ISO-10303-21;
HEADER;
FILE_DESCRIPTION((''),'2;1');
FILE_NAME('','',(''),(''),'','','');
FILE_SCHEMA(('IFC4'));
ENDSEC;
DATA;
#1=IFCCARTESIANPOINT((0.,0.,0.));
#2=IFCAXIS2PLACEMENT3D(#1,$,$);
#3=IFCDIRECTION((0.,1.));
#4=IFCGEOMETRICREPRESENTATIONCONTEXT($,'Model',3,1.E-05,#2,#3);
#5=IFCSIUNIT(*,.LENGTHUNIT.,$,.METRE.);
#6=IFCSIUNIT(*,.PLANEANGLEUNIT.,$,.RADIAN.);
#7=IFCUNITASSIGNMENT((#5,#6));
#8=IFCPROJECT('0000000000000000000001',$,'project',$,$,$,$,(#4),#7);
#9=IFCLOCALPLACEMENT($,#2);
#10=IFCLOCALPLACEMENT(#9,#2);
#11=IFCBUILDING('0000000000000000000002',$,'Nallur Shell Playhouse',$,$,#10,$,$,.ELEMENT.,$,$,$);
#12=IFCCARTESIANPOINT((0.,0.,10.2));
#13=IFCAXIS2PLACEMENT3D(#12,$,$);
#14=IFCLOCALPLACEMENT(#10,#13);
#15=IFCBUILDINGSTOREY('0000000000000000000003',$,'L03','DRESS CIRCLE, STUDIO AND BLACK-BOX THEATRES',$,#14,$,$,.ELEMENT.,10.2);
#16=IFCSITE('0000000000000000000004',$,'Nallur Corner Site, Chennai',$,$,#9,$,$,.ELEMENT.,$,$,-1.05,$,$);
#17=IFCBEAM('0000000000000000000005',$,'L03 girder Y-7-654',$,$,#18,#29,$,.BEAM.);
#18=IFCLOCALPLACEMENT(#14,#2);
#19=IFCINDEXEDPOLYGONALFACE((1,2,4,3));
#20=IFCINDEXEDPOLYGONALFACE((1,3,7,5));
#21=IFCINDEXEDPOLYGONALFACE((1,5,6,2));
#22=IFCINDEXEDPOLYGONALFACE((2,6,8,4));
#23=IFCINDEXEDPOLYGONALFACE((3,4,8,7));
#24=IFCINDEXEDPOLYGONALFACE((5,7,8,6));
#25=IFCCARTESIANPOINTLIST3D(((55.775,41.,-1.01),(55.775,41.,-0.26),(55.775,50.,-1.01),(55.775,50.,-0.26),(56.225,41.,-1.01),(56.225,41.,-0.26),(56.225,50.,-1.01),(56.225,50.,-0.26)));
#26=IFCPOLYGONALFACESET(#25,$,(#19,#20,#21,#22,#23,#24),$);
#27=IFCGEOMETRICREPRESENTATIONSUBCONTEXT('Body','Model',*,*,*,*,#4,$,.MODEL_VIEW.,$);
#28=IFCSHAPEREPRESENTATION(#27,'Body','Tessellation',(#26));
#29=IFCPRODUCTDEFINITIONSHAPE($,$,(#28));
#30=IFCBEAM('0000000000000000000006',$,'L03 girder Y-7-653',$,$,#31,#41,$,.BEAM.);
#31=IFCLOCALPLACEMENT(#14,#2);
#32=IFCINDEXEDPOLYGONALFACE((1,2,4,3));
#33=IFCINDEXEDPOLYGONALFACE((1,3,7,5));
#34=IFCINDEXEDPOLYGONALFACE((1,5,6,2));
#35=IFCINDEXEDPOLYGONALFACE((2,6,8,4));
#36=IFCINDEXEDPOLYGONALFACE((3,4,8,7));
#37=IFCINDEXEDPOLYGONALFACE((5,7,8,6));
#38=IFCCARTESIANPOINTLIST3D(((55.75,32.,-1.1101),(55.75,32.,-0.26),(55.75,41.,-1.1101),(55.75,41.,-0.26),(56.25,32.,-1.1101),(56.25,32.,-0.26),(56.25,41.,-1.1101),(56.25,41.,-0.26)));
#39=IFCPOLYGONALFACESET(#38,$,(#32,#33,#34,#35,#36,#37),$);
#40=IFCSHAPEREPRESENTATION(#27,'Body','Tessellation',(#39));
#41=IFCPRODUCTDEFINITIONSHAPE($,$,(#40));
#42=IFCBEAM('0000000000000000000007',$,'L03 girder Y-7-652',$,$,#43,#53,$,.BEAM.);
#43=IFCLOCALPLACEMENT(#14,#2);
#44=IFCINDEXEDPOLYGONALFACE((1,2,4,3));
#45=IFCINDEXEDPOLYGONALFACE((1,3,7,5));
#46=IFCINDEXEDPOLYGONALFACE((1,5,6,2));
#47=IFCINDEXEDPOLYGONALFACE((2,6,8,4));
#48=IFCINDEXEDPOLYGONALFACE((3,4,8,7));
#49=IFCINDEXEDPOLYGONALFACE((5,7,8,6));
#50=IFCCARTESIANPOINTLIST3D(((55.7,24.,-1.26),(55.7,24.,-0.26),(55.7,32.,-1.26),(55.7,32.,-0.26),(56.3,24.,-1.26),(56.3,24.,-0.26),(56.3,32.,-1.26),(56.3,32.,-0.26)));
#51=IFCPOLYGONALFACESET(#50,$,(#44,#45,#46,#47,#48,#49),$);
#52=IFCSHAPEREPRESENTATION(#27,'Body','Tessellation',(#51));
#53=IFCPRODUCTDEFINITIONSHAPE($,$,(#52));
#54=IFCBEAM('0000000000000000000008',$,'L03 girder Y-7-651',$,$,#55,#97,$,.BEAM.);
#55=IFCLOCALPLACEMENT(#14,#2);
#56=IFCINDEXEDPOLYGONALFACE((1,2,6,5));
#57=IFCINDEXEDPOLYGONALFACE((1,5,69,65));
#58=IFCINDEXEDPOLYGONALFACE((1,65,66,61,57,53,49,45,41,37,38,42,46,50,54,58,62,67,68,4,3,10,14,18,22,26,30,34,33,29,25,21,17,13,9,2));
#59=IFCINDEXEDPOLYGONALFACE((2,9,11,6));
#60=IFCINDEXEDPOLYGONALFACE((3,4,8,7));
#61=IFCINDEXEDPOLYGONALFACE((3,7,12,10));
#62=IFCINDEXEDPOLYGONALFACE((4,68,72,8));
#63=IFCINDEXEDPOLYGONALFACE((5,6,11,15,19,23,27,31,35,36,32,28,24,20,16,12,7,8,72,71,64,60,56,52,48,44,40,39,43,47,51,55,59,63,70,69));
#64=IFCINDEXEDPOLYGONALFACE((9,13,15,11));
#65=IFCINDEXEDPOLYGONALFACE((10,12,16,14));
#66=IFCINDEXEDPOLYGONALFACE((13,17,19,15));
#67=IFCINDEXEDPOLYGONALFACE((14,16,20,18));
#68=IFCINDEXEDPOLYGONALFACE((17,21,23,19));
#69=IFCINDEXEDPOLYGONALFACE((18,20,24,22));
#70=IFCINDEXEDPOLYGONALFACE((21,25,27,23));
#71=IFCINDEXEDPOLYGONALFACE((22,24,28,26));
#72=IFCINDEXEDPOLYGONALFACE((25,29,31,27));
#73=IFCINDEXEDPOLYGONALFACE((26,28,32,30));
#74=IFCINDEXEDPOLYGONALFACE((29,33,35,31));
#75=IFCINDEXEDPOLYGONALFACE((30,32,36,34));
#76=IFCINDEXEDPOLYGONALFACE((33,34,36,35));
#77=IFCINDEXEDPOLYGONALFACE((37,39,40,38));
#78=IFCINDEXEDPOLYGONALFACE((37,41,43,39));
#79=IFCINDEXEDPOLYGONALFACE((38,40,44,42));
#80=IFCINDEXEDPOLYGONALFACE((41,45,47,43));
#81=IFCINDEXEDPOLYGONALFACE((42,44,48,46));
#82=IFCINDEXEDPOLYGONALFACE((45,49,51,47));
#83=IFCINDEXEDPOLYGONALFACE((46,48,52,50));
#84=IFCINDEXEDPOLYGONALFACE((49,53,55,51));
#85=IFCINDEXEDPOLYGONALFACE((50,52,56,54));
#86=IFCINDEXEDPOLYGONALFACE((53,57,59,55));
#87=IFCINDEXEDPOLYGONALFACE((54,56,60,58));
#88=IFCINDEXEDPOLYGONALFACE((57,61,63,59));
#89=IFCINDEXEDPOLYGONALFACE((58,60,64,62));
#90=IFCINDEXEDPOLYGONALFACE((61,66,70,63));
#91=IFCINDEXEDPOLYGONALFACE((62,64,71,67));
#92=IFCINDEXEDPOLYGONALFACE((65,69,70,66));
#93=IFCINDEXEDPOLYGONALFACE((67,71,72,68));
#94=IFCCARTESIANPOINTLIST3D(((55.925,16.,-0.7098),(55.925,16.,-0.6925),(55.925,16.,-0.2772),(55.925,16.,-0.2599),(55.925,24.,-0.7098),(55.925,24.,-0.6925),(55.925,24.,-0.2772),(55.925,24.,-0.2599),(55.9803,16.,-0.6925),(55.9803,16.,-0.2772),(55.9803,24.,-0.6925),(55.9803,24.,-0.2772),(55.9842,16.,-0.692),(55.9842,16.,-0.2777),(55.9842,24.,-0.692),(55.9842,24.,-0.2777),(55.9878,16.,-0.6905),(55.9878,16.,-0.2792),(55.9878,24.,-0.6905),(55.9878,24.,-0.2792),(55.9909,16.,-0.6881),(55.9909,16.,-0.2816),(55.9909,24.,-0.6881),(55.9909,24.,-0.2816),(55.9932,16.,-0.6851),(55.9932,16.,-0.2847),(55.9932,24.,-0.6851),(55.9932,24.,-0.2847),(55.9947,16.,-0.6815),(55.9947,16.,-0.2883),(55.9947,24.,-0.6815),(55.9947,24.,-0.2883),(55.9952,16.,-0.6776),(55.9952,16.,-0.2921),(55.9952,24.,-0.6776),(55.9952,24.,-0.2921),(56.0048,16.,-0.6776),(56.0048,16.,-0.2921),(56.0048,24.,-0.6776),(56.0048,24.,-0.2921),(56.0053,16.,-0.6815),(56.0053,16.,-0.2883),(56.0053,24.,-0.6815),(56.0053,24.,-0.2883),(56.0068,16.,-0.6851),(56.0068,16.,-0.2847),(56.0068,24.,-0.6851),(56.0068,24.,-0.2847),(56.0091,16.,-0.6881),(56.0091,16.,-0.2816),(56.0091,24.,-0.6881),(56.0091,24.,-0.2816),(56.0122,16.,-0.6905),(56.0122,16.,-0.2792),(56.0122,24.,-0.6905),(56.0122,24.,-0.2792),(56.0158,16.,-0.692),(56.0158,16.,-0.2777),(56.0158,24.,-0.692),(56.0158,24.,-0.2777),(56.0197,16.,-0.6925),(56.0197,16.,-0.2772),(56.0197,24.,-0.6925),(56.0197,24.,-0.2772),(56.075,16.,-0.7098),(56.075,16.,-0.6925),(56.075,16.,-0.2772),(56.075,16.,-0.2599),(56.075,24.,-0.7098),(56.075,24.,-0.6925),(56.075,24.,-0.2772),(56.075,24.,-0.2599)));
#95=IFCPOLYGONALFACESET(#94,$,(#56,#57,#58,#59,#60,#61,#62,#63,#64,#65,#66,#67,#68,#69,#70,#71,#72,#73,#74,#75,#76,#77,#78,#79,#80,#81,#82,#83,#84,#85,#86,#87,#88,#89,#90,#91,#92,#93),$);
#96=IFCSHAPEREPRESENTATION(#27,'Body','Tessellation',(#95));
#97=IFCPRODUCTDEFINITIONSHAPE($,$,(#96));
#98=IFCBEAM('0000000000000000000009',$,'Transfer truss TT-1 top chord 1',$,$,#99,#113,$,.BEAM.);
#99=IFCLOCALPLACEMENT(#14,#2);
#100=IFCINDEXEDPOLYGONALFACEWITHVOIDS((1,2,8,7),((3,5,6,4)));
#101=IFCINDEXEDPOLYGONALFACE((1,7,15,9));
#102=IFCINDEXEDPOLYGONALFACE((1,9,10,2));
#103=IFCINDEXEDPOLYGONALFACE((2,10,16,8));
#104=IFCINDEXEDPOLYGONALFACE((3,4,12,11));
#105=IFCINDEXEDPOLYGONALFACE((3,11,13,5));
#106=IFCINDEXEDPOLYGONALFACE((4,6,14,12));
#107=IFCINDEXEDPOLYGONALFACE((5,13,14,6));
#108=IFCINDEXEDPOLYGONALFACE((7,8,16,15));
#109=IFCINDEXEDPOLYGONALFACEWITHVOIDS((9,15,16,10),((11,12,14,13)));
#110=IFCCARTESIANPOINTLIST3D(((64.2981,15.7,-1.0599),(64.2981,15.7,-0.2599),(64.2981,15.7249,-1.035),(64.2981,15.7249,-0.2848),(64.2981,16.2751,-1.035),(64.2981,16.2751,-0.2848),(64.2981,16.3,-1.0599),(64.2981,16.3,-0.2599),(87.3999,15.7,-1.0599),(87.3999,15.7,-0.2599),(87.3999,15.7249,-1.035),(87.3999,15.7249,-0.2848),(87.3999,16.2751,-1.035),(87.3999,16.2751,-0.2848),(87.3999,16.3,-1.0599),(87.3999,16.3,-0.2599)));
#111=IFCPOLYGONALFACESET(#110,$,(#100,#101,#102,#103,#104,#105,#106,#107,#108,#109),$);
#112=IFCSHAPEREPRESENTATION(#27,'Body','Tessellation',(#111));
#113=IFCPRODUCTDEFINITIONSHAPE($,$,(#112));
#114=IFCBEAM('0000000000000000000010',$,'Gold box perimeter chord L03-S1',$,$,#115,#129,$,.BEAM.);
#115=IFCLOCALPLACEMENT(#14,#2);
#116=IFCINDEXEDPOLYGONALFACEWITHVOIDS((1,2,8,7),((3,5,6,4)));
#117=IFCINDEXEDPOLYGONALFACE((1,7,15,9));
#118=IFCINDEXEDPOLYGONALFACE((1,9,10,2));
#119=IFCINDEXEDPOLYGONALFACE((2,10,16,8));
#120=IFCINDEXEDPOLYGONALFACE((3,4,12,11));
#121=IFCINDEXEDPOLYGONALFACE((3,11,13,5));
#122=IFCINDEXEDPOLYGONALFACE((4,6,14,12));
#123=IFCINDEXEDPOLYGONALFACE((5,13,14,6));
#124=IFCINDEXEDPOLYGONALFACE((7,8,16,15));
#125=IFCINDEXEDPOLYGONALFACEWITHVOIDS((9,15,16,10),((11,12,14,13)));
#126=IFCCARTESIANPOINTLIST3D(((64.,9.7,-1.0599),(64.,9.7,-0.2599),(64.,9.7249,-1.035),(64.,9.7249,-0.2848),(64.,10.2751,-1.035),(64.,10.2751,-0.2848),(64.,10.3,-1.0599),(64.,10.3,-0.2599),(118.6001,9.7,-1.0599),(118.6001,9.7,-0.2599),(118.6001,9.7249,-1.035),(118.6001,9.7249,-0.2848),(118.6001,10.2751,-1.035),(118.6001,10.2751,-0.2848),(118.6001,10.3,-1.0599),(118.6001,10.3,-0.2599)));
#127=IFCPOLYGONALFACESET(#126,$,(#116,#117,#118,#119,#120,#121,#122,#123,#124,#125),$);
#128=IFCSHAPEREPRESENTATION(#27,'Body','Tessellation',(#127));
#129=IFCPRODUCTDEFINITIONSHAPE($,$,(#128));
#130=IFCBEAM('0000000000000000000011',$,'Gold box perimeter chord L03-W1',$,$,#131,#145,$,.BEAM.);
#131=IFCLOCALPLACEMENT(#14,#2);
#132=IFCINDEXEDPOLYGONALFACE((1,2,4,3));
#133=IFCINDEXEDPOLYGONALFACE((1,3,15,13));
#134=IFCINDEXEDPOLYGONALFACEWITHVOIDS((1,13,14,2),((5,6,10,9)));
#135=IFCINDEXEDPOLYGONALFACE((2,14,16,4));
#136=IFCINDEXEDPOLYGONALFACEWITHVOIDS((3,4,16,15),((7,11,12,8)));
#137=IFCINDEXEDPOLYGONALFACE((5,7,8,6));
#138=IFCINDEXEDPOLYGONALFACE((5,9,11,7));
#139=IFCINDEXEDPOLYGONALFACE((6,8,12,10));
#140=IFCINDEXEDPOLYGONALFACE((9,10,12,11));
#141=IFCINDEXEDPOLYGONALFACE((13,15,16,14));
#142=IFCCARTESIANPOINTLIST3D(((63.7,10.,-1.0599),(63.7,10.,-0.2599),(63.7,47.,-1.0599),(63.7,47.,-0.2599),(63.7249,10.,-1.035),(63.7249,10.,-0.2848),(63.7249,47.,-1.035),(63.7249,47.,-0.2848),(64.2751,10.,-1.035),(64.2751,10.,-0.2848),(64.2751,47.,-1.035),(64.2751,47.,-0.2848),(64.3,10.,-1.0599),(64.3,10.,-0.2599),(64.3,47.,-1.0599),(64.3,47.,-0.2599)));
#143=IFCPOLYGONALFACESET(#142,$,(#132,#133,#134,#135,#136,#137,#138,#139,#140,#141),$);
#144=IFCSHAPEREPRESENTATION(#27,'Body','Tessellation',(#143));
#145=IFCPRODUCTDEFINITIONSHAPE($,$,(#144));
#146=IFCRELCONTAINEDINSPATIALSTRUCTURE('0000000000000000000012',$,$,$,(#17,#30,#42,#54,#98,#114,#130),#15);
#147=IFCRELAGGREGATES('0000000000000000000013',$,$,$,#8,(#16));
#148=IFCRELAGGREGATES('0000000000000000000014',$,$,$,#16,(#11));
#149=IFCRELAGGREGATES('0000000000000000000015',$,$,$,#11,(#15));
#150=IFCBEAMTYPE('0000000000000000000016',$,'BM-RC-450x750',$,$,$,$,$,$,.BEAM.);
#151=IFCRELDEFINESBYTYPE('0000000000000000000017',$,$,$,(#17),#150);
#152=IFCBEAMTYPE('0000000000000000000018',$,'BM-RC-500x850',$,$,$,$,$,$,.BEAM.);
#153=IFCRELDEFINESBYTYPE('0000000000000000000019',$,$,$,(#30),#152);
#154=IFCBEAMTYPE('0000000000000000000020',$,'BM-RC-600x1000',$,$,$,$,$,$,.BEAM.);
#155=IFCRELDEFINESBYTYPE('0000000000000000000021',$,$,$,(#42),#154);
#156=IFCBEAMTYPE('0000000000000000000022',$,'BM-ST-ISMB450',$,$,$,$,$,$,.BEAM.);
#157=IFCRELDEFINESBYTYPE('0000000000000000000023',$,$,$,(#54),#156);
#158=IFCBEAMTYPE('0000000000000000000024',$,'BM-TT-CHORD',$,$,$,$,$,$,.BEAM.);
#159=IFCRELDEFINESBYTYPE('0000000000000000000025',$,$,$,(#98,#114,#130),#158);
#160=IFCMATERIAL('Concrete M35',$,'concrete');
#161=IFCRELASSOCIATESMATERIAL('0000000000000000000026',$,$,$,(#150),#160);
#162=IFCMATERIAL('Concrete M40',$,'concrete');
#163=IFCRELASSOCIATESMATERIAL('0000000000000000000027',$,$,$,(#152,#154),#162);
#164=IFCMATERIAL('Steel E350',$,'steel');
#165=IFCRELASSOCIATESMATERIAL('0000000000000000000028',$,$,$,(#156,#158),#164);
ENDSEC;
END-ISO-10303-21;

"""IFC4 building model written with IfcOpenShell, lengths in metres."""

from ifc_helpers import new_model, si_unit, direction, frame, origin, origin_2d, place, context, subcontext, project, spatial, rectangle, hollow_rectangle, i_section, extrude, material, material_profile, profile_set, type_object, element, save


model = new_model("IFC4")

# Units and contexts
model_context = context("Model", 3, precision=1e-05, world=origin(), true_north=direction((0.0, 1.0)))
body_context = subcontext(model_context, "Body", "Model", "MODEL_VIEW")
ifc_project = project(units=[si_unit("LENGTHUNIT", "METRE"), si_unit("PLANEANGLEUNIT", "RADIAN")], contexts=[model_context])

# Site, building, storey
site_placement = place(None, origin())
site = spatial("IfcSite", under=ifc_project, at=site_placement, Name="Nallur Corner Site, Chennai", CompositionType="ELEMENT", RefElevation=-1.05)
building_placement = place(site_placement, origin())
building = spatial("IfcBuilding", under=site, at=building_placement, Name="Nallur Shell Playhouse", CompositionType="ELEMENT")
storey_placement = place(building_placement, frame((0.0, 0.0, 10.2)))
storey = spatial("IfcBuildingStorey", under=building, at=storey_placement, Name="L03", Description="DRESS CIRCLE, STUDIO AND BLACK-BOX THEATRES", CompositionType="ELEMENT", Elevation=10.2)

# Beams
ifc_material_1 = material(Name="Concrete M35", Category="concrete")
ifc_material_profile_1 = material_profile(ifc_material_1, rectangle(XDim=0.45, YDim=0.75, at=origin_2d()), Name="RC 450x750")
ifc_profile_set_1 = profile_set([ifc_material_profile_1], Name="Concrete M35")
beam_type_1 = type_object("IfcBeamType", Name="BM-RC-450x750", PredefinedType="BEAM", material=ifc_profile_set_1)
beam_1_placement = place(storey_placement, frame((56.0, 41.0, -0.635), z_axis=(0.0, 1.0, 0.0), x_axis=(-1.0, 0.0, 0.0)))
element("IfcBeam", 1, at=beam_1_placement, inside=storey, type_object=beam_type_1, Name="L03 girder Y-7-654", PredefinedType="BEAM", context=body_context, shape_type="SweptSolid", body=[
    extrude(rectangle(XDim=0.45, YDim=0.75, at=origin_2d()), origin(), (0.0, 0.0, 1.0), 9.0),
])
ifc_material_2 = material(Name="Concrete M40", Category="concrete")
ifc_material_profile_2 = material_profile(ifc_material_2, rectangle(XDim=0.5, YDim=0.8501, at=origin_2d()), Name="RC 500x850")
ifc_profile_set_2 = profile_set([ifc_material_profile_2], Name="Concrete M40")
beam_type_2 = type_object("IfcBeamType", Name="BM-RC-500x850", PredefinedType="BEAM", material=ifc_profile_set_2)
beam_2_placement = place(storey_placement, frame((56.0, 32.0, -0.6851), z_axis=(0.0, 1.0, 0.0), x_axis=(-1.0, 0.0, 0.0)))
element("IfcBeam", 2, at=beam_2_placement, inside=storey, type_object=beam_type_2, Name="L03 girder Y-7-653", PredefinedType="BEAM", context=body_context, shape_type="SweptSolid", body=[
    extrude(rectangle(XDim=0.5, YDim=0.8501, at=origin_2d()), origin(), (0.0, 0.0, 1.0), 9.0),
])
ifc_material_profile_3 = material_profile(ifc_material_2, rectangle(XDim=0.6001, YDim=1.0, at=origin_2d()), Name="RC 600x1000")
ifc_profile_set_3 = profile_set([ifc_material_profile_3], Name="Concrete M40")
beam_type_3 = type_object("IfcBeamType", Name="BM-RC-600x1000", PredefinedType="BEAM", material=ifc_profile_set_3)
beam_3_placement = place(storey_placement, frame((56.0, 24.0, -0.76), z_axis=(0.0, 1.0, 0.0), x_axis=(-1.0, 0.0, 0.0)))
element("IfcBeam", 3, at=beam_3_placement, inside=storey, type_object=beam_type_3, Name="L03 girder Y-7-652", PredefinedType="BEAM", context=body_context, shape_type="SweptSolid", body=[
    extrude(rectangle(XDim=0.6001, YDim=1.0, at=origin_2d()), origin(), (0.0, 0.0, 1.0), 8.0),
])
ifc_material_3 = material(Name="Steel E350", Category="steel")
ifc_material_profile_4 = material_profile(ifc_material_3, i_section(OverallWidth=0.1499, OverallDepth=0.45, WebThickness=0.0095, FlangeThickness=0.0173, FilletRadius=0.0149, at=origin_2d()), Name="ISMB 450")
ifc_profile_set_4 = profile_set([ifc_material_profile_4], Name="Steel E350")
beam_type_4 = type_object("IfcBeamType", Name="BM-ST-ISMB450", PredefinedType="BEAM", material=ifc_profile_set_4)
beam_4_placement = place(storey_placement, frame((56.0, 16.0, -0.4849), z_axis=(0.0, 1.0, 0.0), x_axis=(-1.0, 0.0, 0.0)))
element("IfcBeam", 4, at=beam_4_placement, inside=storey, type_object=beam_type_4, Name="L03 girder Y-7-651", PredefinedType="BEAM", context=body_context, shape_type="SweptSolid", body=[
    extrude(i_section(OverallWidth=0.1499, OverallDepth=0.45, WebThickness=0.0095, FlangeThickness=0.0173, FilletRadius=0.0149, at=origin_2d()), origin(), (0.0, 0.0, 1.0), 8.0),
])
ifc_material_profile_5 = material_profile(ifc_material_3, hollow_rectangle(XDim=0.6001, YDim=0.8, WallThickness=0.0249, at=origin_2d()), Name="BOX 600x800x25")
ifc_profile_set_5 = profile_set([ifc_material_profile_5], Name="Steel E350")
beam_type_5 = type_object("IfcBeamType", Name="BM-TT-CHORD", PredefinedType="BEAM", material=ifc_profile_set_5)
beam_5_placement = place(storey_placement, frame((64.2981, 16.0, -0.6599), z_axis=(1.0, 0.0, 0.0), x_axis=(0.0, 1.0, 0.0)))
element("IfcBeam", 5, at=beam_5_placement, inside=storey, type_object=beam_type_5, Name="Transfer truss TT-1 top chord 1", PredefinedType="BEAM", context=body_context, shape_type="SweptSolid", body=[
    extrude(hollow_rectangle(XDim=0.6001, YDim=0.8, WallThickness=0.0249, at=origin_2d()), origin(), (0.0, 0.0, 1.0), 23.1018),
])
beam_6_placement = place(storey_placement, frame((64.0, 10.0, -0.6599), z_axis=(1.0, 0.0, 0.0), x_axis=(0.0, 1.0, 0.0)))
element("IfcBeam", 6, at=beam_6_placement, inside=storey, type_object=beam_type_5, Name="Gold box perimeter chord L03-S1", PredefinedType="BEAM", context=body_context, shape_type="SweptSolid", body=[
    extrude(hollow_rectangle(XDim=0.6001, YDim=0.8, WallThickness=0.0249, at=origin_2d()), origin(), (0.0, 0.0, 1.0), 54.6001),
])
beam_7_placement = place(storey_placement, frame((64.0, 10.0, -0.6599), z_axis=(0.0, 1.0, 0.0), x_axis=(-1.0, 0.0, 0.0)))
element("IfcBeam", 7, at=beam_7_placement, inside=storey, type_object=beam_type_5, Name="Gold box perimeter chord L03-W1", PredefinedType="BEAM", context=body_context, shape_type="SweptSolid", body=[
    extrude(hollow_rectangle(XDim=0.6001, YDim=0.8, WallThickness=0.0249, at=origin_2d()), origin(), (0.0, 0.0, 1.0), 37.0),
])

save(model, "model.ifc")
